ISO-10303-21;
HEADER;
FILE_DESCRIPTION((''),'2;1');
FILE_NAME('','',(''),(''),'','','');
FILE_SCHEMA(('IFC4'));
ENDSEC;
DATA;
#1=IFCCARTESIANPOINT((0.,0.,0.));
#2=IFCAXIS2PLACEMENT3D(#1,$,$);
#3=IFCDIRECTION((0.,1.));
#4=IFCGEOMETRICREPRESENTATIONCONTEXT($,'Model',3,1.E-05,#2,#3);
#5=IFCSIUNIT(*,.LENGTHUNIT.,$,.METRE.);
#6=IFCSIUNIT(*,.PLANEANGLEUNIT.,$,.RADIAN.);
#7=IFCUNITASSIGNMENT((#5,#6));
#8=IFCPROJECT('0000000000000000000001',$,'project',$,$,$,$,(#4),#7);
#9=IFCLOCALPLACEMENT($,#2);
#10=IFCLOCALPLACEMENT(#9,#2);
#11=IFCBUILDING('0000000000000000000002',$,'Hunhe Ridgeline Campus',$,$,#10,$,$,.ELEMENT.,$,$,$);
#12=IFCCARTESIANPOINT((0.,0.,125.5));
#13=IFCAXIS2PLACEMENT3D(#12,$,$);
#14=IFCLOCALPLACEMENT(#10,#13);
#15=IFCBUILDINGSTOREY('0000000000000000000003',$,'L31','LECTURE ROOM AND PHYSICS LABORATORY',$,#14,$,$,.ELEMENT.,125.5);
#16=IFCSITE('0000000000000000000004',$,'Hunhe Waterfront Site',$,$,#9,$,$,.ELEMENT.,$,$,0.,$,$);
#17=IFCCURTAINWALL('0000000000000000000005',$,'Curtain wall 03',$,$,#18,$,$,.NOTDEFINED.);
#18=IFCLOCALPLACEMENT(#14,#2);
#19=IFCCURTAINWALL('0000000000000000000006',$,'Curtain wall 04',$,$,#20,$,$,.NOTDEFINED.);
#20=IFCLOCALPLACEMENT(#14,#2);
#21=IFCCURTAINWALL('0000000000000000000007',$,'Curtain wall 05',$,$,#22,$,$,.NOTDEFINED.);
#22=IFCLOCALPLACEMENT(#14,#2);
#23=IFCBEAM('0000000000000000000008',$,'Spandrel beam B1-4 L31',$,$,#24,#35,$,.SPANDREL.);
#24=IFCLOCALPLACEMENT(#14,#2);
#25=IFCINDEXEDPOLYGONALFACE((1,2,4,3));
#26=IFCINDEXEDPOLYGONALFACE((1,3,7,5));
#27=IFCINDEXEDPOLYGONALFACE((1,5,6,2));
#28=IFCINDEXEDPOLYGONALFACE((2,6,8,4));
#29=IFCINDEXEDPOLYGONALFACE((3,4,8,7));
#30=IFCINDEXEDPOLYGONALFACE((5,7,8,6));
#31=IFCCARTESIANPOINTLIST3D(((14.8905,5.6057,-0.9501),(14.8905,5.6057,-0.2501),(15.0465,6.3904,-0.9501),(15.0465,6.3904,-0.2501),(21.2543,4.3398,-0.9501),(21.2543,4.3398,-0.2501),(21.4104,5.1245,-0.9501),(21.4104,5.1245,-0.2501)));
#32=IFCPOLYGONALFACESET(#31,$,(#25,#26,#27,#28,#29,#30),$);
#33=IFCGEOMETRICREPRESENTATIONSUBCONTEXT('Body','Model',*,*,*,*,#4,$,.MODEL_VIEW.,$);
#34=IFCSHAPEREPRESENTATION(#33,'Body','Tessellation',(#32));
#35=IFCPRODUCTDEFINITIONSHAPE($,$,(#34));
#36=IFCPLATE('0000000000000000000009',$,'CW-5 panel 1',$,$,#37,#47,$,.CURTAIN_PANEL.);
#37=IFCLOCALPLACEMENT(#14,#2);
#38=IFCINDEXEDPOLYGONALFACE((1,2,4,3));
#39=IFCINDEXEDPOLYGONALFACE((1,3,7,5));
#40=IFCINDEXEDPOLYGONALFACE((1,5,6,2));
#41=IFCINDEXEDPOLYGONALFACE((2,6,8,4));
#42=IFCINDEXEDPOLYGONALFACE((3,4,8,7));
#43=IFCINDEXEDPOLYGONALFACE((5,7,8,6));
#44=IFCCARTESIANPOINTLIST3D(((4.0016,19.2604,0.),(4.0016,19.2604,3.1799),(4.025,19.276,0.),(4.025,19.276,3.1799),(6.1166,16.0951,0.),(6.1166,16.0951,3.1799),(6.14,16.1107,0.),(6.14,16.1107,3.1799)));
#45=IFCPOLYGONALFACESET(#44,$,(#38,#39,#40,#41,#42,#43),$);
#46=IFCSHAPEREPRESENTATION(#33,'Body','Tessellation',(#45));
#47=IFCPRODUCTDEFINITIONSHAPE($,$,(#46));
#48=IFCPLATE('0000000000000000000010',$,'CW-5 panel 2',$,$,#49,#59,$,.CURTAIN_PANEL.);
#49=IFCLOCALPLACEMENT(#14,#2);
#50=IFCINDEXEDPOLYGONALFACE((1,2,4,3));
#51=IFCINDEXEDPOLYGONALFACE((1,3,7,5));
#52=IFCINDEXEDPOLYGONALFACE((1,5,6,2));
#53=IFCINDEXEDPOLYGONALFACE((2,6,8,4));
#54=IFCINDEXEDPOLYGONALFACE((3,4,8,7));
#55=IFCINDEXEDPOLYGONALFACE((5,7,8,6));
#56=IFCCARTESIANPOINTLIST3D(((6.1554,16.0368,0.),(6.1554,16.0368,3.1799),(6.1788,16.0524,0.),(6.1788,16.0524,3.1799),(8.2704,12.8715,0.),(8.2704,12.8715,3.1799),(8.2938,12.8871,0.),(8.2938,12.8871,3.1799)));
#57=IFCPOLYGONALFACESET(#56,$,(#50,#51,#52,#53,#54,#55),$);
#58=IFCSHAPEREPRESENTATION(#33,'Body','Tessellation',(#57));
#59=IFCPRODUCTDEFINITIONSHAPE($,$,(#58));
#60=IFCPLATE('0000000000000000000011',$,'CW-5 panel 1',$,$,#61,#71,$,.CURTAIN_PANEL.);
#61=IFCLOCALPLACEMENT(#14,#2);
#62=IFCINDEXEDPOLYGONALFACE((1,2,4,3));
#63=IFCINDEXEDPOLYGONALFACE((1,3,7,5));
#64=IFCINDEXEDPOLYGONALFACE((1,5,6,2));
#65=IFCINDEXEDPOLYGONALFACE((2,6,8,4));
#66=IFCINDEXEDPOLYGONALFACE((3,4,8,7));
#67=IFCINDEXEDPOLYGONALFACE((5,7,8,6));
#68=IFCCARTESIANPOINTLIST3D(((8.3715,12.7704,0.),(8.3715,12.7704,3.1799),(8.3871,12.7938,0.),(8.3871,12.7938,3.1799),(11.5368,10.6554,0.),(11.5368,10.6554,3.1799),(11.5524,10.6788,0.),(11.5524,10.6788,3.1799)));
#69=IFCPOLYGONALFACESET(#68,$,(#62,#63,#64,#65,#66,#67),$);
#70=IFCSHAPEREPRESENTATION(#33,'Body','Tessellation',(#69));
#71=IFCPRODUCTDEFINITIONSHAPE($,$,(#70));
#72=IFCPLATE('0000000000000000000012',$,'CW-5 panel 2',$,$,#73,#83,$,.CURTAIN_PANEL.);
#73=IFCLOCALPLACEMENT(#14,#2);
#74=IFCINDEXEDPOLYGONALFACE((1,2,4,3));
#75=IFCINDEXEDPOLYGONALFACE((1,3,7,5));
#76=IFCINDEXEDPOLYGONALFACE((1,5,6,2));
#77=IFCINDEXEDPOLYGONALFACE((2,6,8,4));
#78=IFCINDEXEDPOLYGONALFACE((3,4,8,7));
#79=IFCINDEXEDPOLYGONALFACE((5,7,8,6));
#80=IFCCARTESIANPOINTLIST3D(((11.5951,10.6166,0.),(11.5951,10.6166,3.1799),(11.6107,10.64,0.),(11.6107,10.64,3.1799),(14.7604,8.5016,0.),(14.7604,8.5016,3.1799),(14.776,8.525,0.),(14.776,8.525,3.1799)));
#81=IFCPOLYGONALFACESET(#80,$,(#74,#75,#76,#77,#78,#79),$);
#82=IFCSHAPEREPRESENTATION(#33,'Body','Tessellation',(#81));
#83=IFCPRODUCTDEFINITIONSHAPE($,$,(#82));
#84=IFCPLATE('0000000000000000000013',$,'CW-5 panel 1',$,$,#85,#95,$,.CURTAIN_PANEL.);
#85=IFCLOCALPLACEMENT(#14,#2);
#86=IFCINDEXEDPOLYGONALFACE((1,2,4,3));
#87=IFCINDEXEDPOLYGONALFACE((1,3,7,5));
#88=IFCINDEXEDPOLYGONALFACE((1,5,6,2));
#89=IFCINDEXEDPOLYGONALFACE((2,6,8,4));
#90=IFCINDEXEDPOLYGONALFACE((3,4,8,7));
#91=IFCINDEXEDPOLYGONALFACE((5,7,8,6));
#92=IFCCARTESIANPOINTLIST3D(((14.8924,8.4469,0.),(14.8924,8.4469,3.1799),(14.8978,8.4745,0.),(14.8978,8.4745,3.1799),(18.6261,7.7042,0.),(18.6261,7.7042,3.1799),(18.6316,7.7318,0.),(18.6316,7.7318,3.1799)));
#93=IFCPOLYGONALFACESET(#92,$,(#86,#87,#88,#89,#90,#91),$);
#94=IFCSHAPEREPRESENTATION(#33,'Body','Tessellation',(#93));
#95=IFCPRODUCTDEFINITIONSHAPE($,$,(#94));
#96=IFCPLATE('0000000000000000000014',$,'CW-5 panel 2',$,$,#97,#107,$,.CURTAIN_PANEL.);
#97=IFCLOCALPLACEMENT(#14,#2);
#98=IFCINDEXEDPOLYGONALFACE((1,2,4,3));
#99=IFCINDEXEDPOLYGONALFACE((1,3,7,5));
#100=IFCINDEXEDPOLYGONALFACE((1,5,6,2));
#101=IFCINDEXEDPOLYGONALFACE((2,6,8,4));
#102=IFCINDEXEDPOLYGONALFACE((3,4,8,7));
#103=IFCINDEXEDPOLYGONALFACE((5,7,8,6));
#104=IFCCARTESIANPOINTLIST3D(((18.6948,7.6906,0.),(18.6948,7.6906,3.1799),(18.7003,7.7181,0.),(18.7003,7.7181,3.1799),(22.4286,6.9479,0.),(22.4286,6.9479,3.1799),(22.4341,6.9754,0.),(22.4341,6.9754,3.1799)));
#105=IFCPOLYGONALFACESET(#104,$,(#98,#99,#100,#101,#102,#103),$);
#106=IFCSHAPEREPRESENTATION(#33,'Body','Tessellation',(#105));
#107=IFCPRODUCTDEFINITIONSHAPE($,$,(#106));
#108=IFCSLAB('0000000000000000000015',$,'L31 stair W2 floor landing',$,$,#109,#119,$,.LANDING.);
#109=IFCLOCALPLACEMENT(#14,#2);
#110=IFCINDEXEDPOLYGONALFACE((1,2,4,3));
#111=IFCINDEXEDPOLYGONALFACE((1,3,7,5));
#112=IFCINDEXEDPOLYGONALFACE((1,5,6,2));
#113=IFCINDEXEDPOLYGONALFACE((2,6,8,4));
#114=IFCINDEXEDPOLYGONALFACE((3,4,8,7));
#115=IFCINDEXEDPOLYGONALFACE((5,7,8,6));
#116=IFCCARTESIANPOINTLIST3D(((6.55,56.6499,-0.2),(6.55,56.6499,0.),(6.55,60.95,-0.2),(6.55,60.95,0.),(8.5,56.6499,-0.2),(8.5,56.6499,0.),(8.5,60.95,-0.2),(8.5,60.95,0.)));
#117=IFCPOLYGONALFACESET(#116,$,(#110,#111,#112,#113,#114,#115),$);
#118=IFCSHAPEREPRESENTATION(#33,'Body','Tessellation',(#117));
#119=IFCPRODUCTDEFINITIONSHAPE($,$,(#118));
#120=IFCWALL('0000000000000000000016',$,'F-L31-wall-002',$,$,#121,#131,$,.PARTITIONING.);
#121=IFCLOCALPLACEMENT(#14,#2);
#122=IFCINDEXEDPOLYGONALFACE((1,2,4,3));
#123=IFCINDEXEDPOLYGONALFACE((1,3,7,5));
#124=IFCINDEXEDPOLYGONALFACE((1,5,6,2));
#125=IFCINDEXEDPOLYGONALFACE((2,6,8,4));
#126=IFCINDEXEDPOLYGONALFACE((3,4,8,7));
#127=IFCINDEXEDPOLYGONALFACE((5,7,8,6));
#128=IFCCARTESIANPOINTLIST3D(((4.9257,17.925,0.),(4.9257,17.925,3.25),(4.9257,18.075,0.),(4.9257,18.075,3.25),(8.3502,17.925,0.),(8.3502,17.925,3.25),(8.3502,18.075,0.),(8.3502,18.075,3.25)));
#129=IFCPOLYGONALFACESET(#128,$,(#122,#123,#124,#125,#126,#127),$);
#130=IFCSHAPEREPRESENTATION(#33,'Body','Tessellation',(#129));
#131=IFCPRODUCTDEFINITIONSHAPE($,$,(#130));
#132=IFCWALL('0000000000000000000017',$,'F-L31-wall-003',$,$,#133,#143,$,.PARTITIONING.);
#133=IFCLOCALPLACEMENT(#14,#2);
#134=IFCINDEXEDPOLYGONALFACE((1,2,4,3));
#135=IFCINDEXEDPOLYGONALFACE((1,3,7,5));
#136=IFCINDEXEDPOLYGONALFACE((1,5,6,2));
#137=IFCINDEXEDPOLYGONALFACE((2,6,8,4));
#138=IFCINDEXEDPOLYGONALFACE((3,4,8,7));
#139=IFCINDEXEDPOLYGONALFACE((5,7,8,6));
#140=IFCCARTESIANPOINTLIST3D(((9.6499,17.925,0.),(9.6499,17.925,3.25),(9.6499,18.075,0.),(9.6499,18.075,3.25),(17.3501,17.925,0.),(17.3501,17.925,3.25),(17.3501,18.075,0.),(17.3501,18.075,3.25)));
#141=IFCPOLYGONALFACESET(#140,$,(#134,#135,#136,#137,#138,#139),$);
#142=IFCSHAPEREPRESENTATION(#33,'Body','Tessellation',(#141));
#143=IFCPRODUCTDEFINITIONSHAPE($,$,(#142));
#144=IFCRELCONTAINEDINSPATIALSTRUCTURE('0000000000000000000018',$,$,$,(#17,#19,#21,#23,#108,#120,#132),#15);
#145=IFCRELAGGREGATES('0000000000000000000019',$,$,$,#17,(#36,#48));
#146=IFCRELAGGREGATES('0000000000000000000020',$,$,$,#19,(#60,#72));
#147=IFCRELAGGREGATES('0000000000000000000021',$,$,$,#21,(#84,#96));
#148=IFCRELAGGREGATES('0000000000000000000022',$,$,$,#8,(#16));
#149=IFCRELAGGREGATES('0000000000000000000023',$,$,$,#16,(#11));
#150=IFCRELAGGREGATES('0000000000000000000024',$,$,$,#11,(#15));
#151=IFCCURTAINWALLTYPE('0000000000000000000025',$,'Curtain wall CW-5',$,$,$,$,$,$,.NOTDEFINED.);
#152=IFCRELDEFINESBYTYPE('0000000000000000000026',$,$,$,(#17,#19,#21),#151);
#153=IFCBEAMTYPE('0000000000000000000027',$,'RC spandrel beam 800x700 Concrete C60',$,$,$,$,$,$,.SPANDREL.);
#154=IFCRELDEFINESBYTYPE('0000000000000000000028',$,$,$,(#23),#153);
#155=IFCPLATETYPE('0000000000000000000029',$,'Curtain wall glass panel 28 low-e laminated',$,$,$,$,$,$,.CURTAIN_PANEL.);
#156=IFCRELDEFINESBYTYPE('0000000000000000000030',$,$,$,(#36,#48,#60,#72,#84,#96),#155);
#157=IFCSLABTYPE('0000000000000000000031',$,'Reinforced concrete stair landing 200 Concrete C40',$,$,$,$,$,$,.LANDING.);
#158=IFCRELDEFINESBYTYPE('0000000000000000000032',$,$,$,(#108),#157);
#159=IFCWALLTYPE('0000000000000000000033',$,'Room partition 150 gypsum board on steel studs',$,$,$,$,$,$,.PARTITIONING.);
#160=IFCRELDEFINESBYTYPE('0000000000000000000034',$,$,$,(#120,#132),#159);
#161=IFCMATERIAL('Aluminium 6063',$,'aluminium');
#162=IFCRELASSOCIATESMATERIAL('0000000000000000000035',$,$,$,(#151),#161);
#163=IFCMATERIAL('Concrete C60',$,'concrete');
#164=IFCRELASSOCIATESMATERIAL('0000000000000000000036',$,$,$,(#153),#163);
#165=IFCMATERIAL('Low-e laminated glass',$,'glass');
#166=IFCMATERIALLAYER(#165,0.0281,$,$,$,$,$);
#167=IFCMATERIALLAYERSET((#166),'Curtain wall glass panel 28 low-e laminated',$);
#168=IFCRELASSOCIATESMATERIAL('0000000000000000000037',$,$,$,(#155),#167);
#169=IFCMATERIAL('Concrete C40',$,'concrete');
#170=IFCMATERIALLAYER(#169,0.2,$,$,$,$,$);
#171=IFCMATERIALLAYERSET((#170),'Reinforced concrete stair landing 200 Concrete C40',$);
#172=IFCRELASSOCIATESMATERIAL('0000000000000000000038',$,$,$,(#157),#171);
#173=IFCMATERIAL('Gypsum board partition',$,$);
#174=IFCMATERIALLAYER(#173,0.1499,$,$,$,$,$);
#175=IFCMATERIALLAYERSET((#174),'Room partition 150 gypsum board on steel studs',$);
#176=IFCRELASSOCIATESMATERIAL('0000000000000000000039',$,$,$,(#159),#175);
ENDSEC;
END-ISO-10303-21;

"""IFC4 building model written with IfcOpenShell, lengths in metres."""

from ifc_helpers import new_model, si_unit, direction, frame, frame_2d, origin, origin_2d, place, context, subcontext, project, spatial, polyline, rectangle, outline, extrude, material, layer, layer_set, material_profile, profile_set, type_object, element, aggregate, save


model = new_model("IFC4")

# Units and contexts
model_context = context("Model", 3, precision=1e-05, world=origin(), true_north=direction((0.0, 1.0)))
body_context = subcontext(model_context, "Body", "Model", "MODEL_VIEW")
ifc_project = project(units=[si_unit("LENGTHUNIT", "METRE"), si_unit("PLANEANGLEUNIT", "RADIAN")], contexts=[model_context])

# Site, building, storey
site_placement = place(None, origin())
site = spatial("IfcSite", under=ifc_project, at=site_placement, Name="Hunhe Waterfront Site", CompositionType="ELEMENT", RefElevation=0.0)
building_placement = place(site_placement, origin())
building = spatial("IfcBuilding", under=site, at=building_placement, Name="Hunhe Ridgeline Campus", CompositionType="ELEMENT")
storey_placement = place(building_placement, frame((0.0, 0.0, 125.5)))
storey = spatial("IfcBuildingStorey", under=building, at=storey_placement, Name="L31", Description="LECTURE ROOM AND PHYSICS LABORATORY", CompositionType="ELEMENT", Elevation=125.5)

# Curtain walls
ifc_material_1 = material(Name="Aluminium 6063", Category="aluminium")
curtain_wall_type = type_object("IfcCurtainWallType", Name="Curtain wall CW-5", PredefinedType="NOTDEFINED", material=ifc_material_1)
curtain_wall_1_placement = place(storey_placement, origin())
curtain_wall_1 = element("IfcCurtainWall", 1, at=curtain_wall_1_placement, inside=storey, type_object=curtain_wall_type, Name="Curtain wall 03", PredefinedType="NOTDEFINED")
curtain_wall_2_placement = place(storey_placement, origin())
curtain_wall_2 = element("IfcCurtainWall", 2, at=curtain_wall_2_placement, inside=storey, type_object=curtain_wall_type, Name="Curtain wall 04", PredefinedType="NOTDEFINED")
curtain_wall_3_placement = place(storey_placement, origin())
curtain_wall_3 = element("IfcCurtainWall", 3, at=curtain_wall_3_placement, inside=storey, type_object=curtain_wall_type, Name="Curtain wall 05", PredefinedType="NOTDEFINED")

# Beam
ifc_material_2 = material(Name="Concrete C60", Category="concrete")
ifc_material_profile_1 = material_profile(ifc_material_2, rectangle(XDim=0.8, YDim=0.7, at=origin_2d()))
ifc_profile_set_1 = profile_set([ifc_material_profile_1], Name="Concrete C60")
beam_type = type_object("IfcBeamType", Name="RC spandrel beam 800x700 Concrete C60", PredefinedType="SPANDREL", material=ifc_profile_set_1)
for number, where, z_axis, x_axis, name in (
    (4, (14.9685, 5.998, -0.6001), (0.980784, -0.195096, 0.0), (0.195096, 0.980784, 0.0), "Spandrel beam B1-4 L31"),
):
    element("IfcBeam", number, at=place(storey_placement, frame(where, z_axis=z_axis, x_axis=x_axis)), inside=storey, type_object=beam_type, Name=name, PredefinedType="SPANDREL", context=body_context, shape_type="SweptSolid", body=[
        extrude(rectangle(XDim=0.8, YDim=0.7, at=origin_2d()), origin(), (0.0, 0.0, 1.0), 6.4885),
    ])

# Plates
ifc_material_3 = material(Name="Low-e laminated glass", Category="glass")
ifc_layer_1 = layer(ifc_material_3, 0.0281)
ifc_layer_set_1 = layer_set([ifc_layer_1], Name="Curtain wall glass panel 28 low-e laminated")
plate_type = type_object("IfcPlateType", Name="Curtain wall glass panel 28 low-e laminated", PredefinedType="CURTAIN_PANEL", material=ifc_layer_set_1)
plate_1_placement = place(storey_placement, frame((5.0708, 17.6855, 0.0), z_axis=(0.0, 0.0, 1.0), x_axis=(0.55557, -0.83147, 0.0)))
plate_1 = element("IfcPlate", 5, at=plate_1_placement, type_object=plate_type, Name="CW-5 panel 1", PredefinedType="CURTAIN_PANEL", context=body_context, shape_type="SweptSolid", body=[
    extrude(rectangle(XDim=3.8069, YDim=0.0281, at=origin_2d()), origin(), (0.0, 0.0, 1.0), 3.1799),
])
plate_2_placement = place(storey_placement, frame((7.2246, 14.4619, 0.0), z_axis=(0.0, 0.0, 1.0), x_axis=(0.55557, -0.83147, 0.0)))
plate_2 = element("IfcPlate", 6, at=plate_2_placement, type_object=plate_type, Name="CW-5 panel 2", PredefinedType="CURTAIN_PANEL", context=body_context, shape_type="SweptSolid", body=[
    extrude(rectangle(XDim=3.8069, YDim=0.0281, at=origin_2d()), origin(), (0.0, 0.0, 1.0), 3.1799),
])
aggregate(curtain_wall_1, [plate_1, plate_2])
plate_3_placement = place(storey_placement, frame((9.9619, 11.7246, 0.0), z_axis=(0.0, 0.0, 1.0), x_axis=(0.83147, -0.55557, 0.0)))
plate_3 = element("IfcPlate", 7, at=plate_3_placement, type_object=plate_type, Name="CW-5 panel 1", PredefinedType="CURTAIN_PANEL", context=body_context, shape_type="SweptSolid", body=[
    extrude(rectangle(XDim=3.8069, YDim=0.0281, at=origin_2d()), origin(), (0.0, 0.0, 1.0), 3.1799),
])
plate_4_placement = place(storey_placement, frame((13.1855, 9.5708, 0.0), z_axis=(0.0, 0.0, 1.0), x_axis=(0.83147, -0.55557, 0.0)))
plate_4 = element("IfcPlate", 8, at=plate_4_placement, type_object=plate_type, Name="CW-5 panel 2", PredefinedType="CURTAIN_PANEL", context=body_context, shape_type="SweptSolid", body=[
    extrude(rectangle(XDim=3.8069, YDim=0.0281, at=origin_2d()), origin(), (0.0, 0.0, 1.0), 3.1799),
])
aggregate(curtain_wall_2, [plate_3, plate_4])
plate_5_placement = place(storey_placement, frame((16.762, 8.0894, 0.0), z_axis=(0.0, 0.0, 1.0), x_axis=(0.980785, -0.19509, 0.0)))
plate_5 = element("IfcPlate", 9, at=plate_5_placement, type_object=plate_type, Name="CW-5 panel 1", PredefinedType="CURTAIN_PANEL", context=body_context, shape_type="SweptSolid", body=[
    extrude(rectangle(XDim=3.8069, YDim=0.0281, at=origin_2d()), origin(), (0.0, 0.0, 1.0), 3.1799),
])
plate_6_placement = place(storey_placement, frame((20.5645, 7.333, 0.0), z_axis=(0.0, 0.0, 1.0), x_axis=(0.980785, -0.19509, 0.0)))
plate_6 = element("IfcPlate", 10, at=plate_6_placement, type_object=plate_type, Name="CW-5 panel 2", PredefinedType="CURTAIN_PANEL", context=body_context, shape_type="SweptSolid", body=[
    extrude(rectangle(XDim=3.8069, YDim=0.0281, at=origin_2d()), origin(), (0.0, 0.0, 1.0), 3.1799),
])
aggregate(curtain_wall_3, [plate_5, plate_6])

# Slab
ifc_material_4 = material(Name="Concrete C40", Category="concrete")
ifc_layer_2 = layer(ifc_material_4, 0.2)
ifc_layer_set_2 = layer_set([ifc_layer_2], Name="Reinforced concrete stair landing 200 Concrete C40")
slab_type = type_object("IfcSlabType", Name="Reinforced concrete stair landing 200 Concrete C40", PredefinedType="LANDING", material=ifc_layer_set_2)
slab_placement = place(storey_placement, frame((0.0, 0.0, -0.2)))
element("IfcSlab", 11, at=slab_placement, inside=storey, type_object=slab_type, Name="L31 stair W2 floor landing", PredefinedType="LANDING", context=body_context, shape_type="SweptSolid", body=[
    extrude(outline(polyline([(8.5, 60.95), (6.55, 60.95), (6.55, 56.6499), (8.5, 56.6499), (8.5, 60.95)])), origin(), (0.0, 0.0, 1.0), 0.2),
])

# Shared definitions
ifc_material_5 = material(Name="Gypsum board partition")

# Walls
ifc_layer_3 = layer(ifc_material_5, 0.1499)
ifc_layer_set_3 = layer_set([ifc_layer_3], Name="Room partition 150 gypsum board on steel studs")
wall_type_1 = type_object("IfcWallType", Name="Room partition 150 gypsum board on steel studs", PredefinedType="PARTITIONING", material=ifc_layer_set_3)
wall_1_placement = place(storey_placement, frame((4.9255, 18.0, 0.0), z_axis=(0.0, 0.0, 1.0), x_axis=(1.0, 0.0, 0.0)))
element("IfcWall", 12, at=wall_1_placement, inside=storey, type_object=wall_type_1, Name="F-L31-wall-002", PredefinedType="PARTITIONING", context=body_context, shape_type="SweptSolid", body=[
    extrude(rectangle(XDim=3.4246, YDim=0.1499, at=frame_2d((1.7124, 0.0))), origin(), (0.0, 0.0, 1.0), 3.25),
])
wall_2_placement = place(storey_placement, frame((9.6499, 18.0, 0.0), z_axis=(0.0, 0.0, 1.0), x_axis=(1.0, 0.0, 0.0)))
element("IfcWall", 13, at=wall_2_placement, inside=storey, type_object=wall_type_1, Name="F-L31-wall-003", PredefinedType="PARTITIONING", context=body_context, shape_type="SweptSolid", body=[
    extrude(rectangle(XDim=7.7002, YDim=0.1499, at=frame_2d((3.8501, 0.0))), origin(), (0.0, 0.0, 1.0), 3.25),
])

save(model, "model.ifc")
